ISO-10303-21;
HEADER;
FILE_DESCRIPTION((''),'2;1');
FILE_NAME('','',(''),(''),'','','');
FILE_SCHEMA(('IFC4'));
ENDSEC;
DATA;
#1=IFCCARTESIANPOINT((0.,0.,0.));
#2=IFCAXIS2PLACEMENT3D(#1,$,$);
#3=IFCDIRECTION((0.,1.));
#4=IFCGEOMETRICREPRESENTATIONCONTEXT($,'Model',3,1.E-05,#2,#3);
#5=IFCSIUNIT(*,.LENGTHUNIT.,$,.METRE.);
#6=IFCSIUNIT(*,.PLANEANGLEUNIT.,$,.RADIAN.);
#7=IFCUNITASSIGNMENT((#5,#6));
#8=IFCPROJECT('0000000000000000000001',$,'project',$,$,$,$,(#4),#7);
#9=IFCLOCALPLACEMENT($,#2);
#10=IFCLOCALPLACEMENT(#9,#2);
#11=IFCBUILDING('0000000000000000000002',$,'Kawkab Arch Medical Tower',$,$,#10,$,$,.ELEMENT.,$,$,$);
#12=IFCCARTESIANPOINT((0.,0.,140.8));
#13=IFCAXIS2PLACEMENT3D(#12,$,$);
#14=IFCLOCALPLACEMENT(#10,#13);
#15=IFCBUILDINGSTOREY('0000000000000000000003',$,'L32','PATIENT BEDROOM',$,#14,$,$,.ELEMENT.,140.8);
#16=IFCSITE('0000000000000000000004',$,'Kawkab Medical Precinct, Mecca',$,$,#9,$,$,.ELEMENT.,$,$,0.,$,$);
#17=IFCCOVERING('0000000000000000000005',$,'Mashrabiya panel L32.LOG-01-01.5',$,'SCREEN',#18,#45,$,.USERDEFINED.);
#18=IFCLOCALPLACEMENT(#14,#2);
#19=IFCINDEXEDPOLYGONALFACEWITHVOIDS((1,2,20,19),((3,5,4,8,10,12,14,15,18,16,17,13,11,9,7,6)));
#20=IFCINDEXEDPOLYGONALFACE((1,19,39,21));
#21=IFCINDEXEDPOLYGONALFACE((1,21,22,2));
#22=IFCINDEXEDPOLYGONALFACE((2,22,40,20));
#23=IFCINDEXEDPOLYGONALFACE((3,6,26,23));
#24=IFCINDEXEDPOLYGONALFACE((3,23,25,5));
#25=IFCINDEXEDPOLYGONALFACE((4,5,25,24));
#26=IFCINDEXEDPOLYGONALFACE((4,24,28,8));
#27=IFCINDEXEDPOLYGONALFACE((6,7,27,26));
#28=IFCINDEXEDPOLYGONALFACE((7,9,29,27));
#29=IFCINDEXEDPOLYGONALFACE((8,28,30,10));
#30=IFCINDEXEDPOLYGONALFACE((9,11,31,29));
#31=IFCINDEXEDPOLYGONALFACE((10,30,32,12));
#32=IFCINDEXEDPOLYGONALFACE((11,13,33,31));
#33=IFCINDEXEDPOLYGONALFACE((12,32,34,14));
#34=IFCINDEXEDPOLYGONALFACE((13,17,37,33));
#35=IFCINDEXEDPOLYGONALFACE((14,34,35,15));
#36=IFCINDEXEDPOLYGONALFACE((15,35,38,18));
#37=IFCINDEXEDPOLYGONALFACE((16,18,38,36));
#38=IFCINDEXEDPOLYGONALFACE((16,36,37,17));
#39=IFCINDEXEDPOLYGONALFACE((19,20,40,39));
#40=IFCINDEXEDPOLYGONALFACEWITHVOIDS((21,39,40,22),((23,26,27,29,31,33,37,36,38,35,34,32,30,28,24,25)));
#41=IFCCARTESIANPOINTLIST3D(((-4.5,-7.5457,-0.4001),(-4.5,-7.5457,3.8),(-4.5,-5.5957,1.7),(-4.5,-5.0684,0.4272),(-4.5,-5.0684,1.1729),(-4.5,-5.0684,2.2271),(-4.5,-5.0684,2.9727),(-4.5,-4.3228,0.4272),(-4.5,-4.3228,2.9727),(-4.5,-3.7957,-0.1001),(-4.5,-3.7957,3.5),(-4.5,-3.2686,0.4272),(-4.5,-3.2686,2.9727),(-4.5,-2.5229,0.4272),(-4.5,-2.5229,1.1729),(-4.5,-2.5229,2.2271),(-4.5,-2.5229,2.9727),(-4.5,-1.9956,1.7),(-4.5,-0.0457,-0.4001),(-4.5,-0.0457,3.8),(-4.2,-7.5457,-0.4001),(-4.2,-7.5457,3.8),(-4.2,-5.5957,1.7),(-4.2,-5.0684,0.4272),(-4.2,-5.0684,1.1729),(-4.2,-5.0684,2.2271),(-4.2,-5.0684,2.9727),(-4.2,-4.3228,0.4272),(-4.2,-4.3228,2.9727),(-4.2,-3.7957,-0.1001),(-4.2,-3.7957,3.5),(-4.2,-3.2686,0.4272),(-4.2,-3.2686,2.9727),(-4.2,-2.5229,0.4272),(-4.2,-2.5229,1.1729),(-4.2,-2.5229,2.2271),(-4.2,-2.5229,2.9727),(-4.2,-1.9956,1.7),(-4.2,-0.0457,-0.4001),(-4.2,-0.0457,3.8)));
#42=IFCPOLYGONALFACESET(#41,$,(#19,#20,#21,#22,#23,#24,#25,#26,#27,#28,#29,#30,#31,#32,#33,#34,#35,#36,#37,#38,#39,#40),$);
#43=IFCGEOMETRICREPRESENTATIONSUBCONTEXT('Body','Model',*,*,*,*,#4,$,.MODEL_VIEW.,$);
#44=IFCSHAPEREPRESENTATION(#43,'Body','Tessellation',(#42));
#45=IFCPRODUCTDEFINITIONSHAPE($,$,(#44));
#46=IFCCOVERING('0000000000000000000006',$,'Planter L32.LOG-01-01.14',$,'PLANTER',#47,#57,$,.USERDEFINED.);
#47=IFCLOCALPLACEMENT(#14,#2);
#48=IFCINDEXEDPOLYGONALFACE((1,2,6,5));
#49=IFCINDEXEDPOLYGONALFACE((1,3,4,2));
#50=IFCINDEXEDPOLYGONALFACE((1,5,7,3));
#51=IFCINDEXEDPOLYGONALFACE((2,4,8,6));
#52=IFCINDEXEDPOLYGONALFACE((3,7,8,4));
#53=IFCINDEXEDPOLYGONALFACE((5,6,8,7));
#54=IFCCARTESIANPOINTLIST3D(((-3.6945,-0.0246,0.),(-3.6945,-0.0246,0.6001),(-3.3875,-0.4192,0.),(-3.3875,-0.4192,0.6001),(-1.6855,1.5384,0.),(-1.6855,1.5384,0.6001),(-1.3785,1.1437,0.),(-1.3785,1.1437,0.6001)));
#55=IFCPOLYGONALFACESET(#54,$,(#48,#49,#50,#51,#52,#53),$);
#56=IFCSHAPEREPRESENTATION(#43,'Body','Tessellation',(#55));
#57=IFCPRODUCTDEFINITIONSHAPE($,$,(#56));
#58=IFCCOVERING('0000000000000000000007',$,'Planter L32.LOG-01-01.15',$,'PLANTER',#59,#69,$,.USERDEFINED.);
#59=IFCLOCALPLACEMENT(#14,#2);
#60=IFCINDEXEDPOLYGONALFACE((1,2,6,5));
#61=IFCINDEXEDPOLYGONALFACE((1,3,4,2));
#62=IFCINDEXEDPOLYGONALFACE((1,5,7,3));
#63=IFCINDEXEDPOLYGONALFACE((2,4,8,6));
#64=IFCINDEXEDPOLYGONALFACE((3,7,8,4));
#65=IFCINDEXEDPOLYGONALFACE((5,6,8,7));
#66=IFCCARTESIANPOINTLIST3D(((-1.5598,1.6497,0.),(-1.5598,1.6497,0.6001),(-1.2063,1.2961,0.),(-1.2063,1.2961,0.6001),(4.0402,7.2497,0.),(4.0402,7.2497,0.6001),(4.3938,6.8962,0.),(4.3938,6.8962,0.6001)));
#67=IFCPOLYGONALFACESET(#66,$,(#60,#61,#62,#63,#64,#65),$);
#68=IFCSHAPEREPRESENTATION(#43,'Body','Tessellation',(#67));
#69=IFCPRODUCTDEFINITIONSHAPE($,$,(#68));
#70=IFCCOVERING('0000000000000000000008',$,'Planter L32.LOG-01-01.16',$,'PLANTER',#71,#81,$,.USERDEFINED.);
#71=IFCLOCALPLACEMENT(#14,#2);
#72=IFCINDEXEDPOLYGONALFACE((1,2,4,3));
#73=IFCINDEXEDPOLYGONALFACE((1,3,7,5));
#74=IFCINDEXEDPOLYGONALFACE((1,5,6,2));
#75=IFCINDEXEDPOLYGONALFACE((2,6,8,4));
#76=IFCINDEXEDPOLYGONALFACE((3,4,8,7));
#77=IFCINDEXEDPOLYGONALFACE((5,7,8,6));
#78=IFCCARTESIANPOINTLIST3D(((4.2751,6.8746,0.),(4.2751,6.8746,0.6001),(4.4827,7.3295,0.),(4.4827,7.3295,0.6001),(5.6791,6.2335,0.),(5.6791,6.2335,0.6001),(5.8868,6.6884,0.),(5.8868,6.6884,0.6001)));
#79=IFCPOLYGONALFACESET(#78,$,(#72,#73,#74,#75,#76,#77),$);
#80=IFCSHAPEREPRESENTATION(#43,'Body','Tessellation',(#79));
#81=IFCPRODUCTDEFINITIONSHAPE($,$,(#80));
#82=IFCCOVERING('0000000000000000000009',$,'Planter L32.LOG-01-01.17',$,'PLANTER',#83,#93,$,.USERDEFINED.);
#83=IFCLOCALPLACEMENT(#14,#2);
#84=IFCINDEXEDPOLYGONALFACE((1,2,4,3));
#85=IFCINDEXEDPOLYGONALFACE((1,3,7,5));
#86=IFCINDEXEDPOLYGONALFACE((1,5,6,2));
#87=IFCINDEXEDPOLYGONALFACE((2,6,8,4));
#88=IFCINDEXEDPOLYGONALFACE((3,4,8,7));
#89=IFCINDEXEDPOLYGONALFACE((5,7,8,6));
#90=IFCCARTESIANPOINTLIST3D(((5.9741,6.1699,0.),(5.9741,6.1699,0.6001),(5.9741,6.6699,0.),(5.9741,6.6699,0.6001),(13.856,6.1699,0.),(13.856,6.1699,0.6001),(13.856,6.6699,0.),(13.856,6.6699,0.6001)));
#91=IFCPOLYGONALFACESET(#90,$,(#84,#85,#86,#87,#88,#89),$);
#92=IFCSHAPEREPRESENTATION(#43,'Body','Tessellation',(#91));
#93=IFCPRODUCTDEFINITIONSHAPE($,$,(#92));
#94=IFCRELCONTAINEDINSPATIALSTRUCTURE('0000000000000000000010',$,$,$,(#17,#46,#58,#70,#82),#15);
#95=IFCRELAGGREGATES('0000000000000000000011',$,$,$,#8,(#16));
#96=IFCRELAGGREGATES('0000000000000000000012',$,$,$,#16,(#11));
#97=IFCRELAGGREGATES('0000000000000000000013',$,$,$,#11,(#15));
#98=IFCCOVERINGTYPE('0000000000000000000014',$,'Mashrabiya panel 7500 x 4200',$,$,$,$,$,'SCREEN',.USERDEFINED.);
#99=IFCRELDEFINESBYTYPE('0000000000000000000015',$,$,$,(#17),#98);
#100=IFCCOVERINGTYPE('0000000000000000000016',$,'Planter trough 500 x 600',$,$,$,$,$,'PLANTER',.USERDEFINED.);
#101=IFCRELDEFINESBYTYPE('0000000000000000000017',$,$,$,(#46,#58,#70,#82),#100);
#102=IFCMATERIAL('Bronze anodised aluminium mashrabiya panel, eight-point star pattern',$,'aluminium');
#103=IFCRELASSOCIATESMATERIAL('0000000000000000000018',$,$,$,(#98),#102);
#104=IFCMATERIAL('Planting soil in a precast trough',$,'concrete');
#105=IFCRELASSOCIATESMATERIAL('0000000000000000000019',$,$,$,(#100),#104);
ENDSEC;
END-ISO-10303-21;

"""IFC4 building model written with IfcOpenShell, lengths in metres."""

from ifc_helpers import new_model, si_unit, direction, frame, origin, origin_2d, place, context, subcontext, project, spatial, polyline, rectangle, outline, extrude, material, material_profile, profile_set, type_object, element, save


model = new_model("IFC4")

# Units and contexts
model_context = context("Model", 3, precision=1e-05, world=origin(), true_north=direction((0.0, 1.0)))
body_context = subcontext(model_context, "Body", "Model", "MODEL_VIEW")
ifc_project = project(units=[si_unit("LENGTHUNIT", "METRE"), si_unit("PLANEANGLEUNIT", "RADIAN")], contexts=[model_context])

# Site, building, storey
site_placement = place(None, origin())
site = spatial("IfcSite", under=ifc_project, at=site_placement, Name="Kawkab Medical Precinct, Mecca", CompositionType="ELEMENT", RefElevation=0.0)
building_placement = place(site_placement, origin())
building = spatial("IfcBuilding", under=site, at=building_placement, Name="Kawkab Arch Medical Tower", CompositionType="ELEMENT")
storey_placement = place(building_placement, frame((0.0, 0.0, 140.8)))
storey = spatial("IfcBuildingStorey", under=building, at=storey_placement, Name="L32", Description="PATIENT BEDROOM", CompositionType="ELEMENT", Elevation=140.8)

# Coverings
ifc_material_1 = material(Name="Bronze anodised aluminium mashrabiya panel, eight-point star pattern", Category="aluminium")
ifc_material_profile_1 = material_profile(ifc_material_1, outline(polyline([(-3.75, -2.1001), (3.75, -2.1001), (3.75, 2.1001), (-3.75, 2.1001), (-3.75, -2.1001)]), holes=[polyline([(1.8, 0.0), (1.2727, 0.5271), (1.2727, 1.2727), (0.5271, 1.2727), (0.0, 1.8), (-0.5271, 1.2727), (-1.2727, 1.2727), (-1.2727, 0.5271), (-1.8, 0.0), (-1.2727, -0.5271), (-1.2727, -1.2727), (-0.5271, -1.2727), (0.0, -1.8), (0.5271, -1.2727), (1.2727, -1.2727), (1.2727, -0.5271), (1.8, 0.0)])]), Name="Mashrabiya panel 7500x4200")
ifc_profile_set_1 = profile_set([ifc_material_profile_1], Name="Bronze anodised aluminium mashrabiya panel, eight-point star pattern")
covering_type_1 = type_object("IfcCoveringType", Name="Mashrabiya panel 7500 x 4200", ElementType="SCREEN", PredefinedType="USERDEFINED", material=ifc_profile_set_1)
covering_1_placement = place(storey_placement, frame((-4.2, -3.7957, 1.7), z_axis=(-1.0, 0.0, 0.0), x_axis=(0.0, -1.0, 0.0)))
element("IfcCovering", 1, at=covering_1_placement, inside=storey, type_object=covering_type_1, Name="Mashrabiya panel L32.LOG-01-01.5", ObjectType="SCREEN", PredefinedType="USERDEFINED", context=body_context, shape_type="SweptSolid", body=[
    extrude(outline(polyline([(-3.75, -2.1001), (3.75, -2.1001), (3.75, 2.1001), (-3.75, 2.1001), (-3.75, -2.1001)]), holes=[polyline([(1.8, 0.0), (1.2727, 0.5271), (1.2727, 1.2727), (0.5271, 1.2727), (0.0, 1.8), (-0.5271, 1.2727), (-1.2727, 1.2727), (-1.2727, 0.5271), (-1.8, 0.0), (-1.2727, -0.5271), (-1.2727, -1.2727), (-0.5271, -1.2727), (0.0, -1.8), (0.5271, -1.2727), (1.2727, -1.2727), (1.2727, -0.5271), (1.8, 0.0)])]), origin(), (0.0, 0.0, 1.0), 0.3),
])
ifc_material_2 = material(Name="Planting soil in a precast trough", Category="concrete")
ifc_material_profile_2 = material_profile(ifc_material_2, rectangle(XDim=0.5, YDim=0.6001, at=origin_2d()), Name="Trough 500x600")
ifc_profile_set_2 = profile_set([ifc_material_profile_2], Name="Planting soil in a precast trough")
covering_type_2 = type_object("IfcCoveringType", Name="Planter trough 500 x 600", ElementType="PLANTER", PredefinedType="USERDEFINED", material=ifc_profile_set_2)
covering_2_placement = place(storey_placement, frame((-3.541, -0.2219, 0.3), z_axis=(0.789275, 0.61404, 0.0), x_axis=(-0.61404, 0.789275, 0.0)))
element("IfcCovering", 2, at=covering_2_placement, inside=storey, type_object=covering_type_2, Name="Planter L32.LOG-01-01.14", ObjectType="PLANTER", PredefinedType="USERDEFINED", context=body_context, shape_type="SweptSolid", body=[
    extrude(rectangle(XDim=0.5, YDim=0.6001, at=origin_2d()), origin(), (0.0, 0.0, 1.0), 2.5454),
])
covering_3_placement = place(storey_placement, frame((-1.3831, 1.4729, 0.3), z_axis=(0.707107, 0.707107, 0.0), x_axis=(-0.707107, 0.707107, 0.0)))
element("IfcCovering", 3, at=covering_3_placement, inside=storey, type_object=covering_type_2, Name="Planter L32.LOG-01-01.15", ObjectType="PLANTER", PredefinedType="USERDEFINED", context=body_context, shape_type="SweptSolid", body=[
    extrude(rectangle(XDim=0.5, YDim=0.6001, at=origin_2d()), origin(), (0.0, 0.0, 1.0), 7.9197),
])
covering_4_placement = place(storey_placement, frame((4.3789, 7.1021, 0.3), z_axis=(0.909656, -0.415363, 0.0), x_axis=(0.415363, 0.909656, 0.0)))
element("IfcCovering", 4, at=covering_4_placement, inside=storey, type_object=covering_type_2, Name="Planter L32.LOG-01-01.16", ObjectType="PLANTER", PredefinedType="USERDEFINED", context=body_context, shape_type="SweptSolid", body=[
    extrude(rectangle(XDim=0.5, YDim=0.6001, at=origin_2d()), origin(), (0.0, 0.0, 1.0), 1.5435),
])
covering_5_placement = place(storey_placement, frame((5.9741, 6.4199, 0.3), z_axis=(1.0, 0.0, 0.0), x_axis=(0.0, 1.0, 0.0)))
element("IfcCovering", 5, at=covering_5_placement, inside=storey, type_object=covering_type_2, Name="Planter L32.LOG-01-01.17", ObjectType="PLANTER", PredefinedType="USERDEFINED", context=body_context, shape_type="SweptSolid", body=[
    extrude(rectangle(XDim=0.5, YDim=0.6001, at=origin_2d()), origin(), (0.0, 0.0, 1.0), 7.8818),
])

save(model, "model.ifc")
